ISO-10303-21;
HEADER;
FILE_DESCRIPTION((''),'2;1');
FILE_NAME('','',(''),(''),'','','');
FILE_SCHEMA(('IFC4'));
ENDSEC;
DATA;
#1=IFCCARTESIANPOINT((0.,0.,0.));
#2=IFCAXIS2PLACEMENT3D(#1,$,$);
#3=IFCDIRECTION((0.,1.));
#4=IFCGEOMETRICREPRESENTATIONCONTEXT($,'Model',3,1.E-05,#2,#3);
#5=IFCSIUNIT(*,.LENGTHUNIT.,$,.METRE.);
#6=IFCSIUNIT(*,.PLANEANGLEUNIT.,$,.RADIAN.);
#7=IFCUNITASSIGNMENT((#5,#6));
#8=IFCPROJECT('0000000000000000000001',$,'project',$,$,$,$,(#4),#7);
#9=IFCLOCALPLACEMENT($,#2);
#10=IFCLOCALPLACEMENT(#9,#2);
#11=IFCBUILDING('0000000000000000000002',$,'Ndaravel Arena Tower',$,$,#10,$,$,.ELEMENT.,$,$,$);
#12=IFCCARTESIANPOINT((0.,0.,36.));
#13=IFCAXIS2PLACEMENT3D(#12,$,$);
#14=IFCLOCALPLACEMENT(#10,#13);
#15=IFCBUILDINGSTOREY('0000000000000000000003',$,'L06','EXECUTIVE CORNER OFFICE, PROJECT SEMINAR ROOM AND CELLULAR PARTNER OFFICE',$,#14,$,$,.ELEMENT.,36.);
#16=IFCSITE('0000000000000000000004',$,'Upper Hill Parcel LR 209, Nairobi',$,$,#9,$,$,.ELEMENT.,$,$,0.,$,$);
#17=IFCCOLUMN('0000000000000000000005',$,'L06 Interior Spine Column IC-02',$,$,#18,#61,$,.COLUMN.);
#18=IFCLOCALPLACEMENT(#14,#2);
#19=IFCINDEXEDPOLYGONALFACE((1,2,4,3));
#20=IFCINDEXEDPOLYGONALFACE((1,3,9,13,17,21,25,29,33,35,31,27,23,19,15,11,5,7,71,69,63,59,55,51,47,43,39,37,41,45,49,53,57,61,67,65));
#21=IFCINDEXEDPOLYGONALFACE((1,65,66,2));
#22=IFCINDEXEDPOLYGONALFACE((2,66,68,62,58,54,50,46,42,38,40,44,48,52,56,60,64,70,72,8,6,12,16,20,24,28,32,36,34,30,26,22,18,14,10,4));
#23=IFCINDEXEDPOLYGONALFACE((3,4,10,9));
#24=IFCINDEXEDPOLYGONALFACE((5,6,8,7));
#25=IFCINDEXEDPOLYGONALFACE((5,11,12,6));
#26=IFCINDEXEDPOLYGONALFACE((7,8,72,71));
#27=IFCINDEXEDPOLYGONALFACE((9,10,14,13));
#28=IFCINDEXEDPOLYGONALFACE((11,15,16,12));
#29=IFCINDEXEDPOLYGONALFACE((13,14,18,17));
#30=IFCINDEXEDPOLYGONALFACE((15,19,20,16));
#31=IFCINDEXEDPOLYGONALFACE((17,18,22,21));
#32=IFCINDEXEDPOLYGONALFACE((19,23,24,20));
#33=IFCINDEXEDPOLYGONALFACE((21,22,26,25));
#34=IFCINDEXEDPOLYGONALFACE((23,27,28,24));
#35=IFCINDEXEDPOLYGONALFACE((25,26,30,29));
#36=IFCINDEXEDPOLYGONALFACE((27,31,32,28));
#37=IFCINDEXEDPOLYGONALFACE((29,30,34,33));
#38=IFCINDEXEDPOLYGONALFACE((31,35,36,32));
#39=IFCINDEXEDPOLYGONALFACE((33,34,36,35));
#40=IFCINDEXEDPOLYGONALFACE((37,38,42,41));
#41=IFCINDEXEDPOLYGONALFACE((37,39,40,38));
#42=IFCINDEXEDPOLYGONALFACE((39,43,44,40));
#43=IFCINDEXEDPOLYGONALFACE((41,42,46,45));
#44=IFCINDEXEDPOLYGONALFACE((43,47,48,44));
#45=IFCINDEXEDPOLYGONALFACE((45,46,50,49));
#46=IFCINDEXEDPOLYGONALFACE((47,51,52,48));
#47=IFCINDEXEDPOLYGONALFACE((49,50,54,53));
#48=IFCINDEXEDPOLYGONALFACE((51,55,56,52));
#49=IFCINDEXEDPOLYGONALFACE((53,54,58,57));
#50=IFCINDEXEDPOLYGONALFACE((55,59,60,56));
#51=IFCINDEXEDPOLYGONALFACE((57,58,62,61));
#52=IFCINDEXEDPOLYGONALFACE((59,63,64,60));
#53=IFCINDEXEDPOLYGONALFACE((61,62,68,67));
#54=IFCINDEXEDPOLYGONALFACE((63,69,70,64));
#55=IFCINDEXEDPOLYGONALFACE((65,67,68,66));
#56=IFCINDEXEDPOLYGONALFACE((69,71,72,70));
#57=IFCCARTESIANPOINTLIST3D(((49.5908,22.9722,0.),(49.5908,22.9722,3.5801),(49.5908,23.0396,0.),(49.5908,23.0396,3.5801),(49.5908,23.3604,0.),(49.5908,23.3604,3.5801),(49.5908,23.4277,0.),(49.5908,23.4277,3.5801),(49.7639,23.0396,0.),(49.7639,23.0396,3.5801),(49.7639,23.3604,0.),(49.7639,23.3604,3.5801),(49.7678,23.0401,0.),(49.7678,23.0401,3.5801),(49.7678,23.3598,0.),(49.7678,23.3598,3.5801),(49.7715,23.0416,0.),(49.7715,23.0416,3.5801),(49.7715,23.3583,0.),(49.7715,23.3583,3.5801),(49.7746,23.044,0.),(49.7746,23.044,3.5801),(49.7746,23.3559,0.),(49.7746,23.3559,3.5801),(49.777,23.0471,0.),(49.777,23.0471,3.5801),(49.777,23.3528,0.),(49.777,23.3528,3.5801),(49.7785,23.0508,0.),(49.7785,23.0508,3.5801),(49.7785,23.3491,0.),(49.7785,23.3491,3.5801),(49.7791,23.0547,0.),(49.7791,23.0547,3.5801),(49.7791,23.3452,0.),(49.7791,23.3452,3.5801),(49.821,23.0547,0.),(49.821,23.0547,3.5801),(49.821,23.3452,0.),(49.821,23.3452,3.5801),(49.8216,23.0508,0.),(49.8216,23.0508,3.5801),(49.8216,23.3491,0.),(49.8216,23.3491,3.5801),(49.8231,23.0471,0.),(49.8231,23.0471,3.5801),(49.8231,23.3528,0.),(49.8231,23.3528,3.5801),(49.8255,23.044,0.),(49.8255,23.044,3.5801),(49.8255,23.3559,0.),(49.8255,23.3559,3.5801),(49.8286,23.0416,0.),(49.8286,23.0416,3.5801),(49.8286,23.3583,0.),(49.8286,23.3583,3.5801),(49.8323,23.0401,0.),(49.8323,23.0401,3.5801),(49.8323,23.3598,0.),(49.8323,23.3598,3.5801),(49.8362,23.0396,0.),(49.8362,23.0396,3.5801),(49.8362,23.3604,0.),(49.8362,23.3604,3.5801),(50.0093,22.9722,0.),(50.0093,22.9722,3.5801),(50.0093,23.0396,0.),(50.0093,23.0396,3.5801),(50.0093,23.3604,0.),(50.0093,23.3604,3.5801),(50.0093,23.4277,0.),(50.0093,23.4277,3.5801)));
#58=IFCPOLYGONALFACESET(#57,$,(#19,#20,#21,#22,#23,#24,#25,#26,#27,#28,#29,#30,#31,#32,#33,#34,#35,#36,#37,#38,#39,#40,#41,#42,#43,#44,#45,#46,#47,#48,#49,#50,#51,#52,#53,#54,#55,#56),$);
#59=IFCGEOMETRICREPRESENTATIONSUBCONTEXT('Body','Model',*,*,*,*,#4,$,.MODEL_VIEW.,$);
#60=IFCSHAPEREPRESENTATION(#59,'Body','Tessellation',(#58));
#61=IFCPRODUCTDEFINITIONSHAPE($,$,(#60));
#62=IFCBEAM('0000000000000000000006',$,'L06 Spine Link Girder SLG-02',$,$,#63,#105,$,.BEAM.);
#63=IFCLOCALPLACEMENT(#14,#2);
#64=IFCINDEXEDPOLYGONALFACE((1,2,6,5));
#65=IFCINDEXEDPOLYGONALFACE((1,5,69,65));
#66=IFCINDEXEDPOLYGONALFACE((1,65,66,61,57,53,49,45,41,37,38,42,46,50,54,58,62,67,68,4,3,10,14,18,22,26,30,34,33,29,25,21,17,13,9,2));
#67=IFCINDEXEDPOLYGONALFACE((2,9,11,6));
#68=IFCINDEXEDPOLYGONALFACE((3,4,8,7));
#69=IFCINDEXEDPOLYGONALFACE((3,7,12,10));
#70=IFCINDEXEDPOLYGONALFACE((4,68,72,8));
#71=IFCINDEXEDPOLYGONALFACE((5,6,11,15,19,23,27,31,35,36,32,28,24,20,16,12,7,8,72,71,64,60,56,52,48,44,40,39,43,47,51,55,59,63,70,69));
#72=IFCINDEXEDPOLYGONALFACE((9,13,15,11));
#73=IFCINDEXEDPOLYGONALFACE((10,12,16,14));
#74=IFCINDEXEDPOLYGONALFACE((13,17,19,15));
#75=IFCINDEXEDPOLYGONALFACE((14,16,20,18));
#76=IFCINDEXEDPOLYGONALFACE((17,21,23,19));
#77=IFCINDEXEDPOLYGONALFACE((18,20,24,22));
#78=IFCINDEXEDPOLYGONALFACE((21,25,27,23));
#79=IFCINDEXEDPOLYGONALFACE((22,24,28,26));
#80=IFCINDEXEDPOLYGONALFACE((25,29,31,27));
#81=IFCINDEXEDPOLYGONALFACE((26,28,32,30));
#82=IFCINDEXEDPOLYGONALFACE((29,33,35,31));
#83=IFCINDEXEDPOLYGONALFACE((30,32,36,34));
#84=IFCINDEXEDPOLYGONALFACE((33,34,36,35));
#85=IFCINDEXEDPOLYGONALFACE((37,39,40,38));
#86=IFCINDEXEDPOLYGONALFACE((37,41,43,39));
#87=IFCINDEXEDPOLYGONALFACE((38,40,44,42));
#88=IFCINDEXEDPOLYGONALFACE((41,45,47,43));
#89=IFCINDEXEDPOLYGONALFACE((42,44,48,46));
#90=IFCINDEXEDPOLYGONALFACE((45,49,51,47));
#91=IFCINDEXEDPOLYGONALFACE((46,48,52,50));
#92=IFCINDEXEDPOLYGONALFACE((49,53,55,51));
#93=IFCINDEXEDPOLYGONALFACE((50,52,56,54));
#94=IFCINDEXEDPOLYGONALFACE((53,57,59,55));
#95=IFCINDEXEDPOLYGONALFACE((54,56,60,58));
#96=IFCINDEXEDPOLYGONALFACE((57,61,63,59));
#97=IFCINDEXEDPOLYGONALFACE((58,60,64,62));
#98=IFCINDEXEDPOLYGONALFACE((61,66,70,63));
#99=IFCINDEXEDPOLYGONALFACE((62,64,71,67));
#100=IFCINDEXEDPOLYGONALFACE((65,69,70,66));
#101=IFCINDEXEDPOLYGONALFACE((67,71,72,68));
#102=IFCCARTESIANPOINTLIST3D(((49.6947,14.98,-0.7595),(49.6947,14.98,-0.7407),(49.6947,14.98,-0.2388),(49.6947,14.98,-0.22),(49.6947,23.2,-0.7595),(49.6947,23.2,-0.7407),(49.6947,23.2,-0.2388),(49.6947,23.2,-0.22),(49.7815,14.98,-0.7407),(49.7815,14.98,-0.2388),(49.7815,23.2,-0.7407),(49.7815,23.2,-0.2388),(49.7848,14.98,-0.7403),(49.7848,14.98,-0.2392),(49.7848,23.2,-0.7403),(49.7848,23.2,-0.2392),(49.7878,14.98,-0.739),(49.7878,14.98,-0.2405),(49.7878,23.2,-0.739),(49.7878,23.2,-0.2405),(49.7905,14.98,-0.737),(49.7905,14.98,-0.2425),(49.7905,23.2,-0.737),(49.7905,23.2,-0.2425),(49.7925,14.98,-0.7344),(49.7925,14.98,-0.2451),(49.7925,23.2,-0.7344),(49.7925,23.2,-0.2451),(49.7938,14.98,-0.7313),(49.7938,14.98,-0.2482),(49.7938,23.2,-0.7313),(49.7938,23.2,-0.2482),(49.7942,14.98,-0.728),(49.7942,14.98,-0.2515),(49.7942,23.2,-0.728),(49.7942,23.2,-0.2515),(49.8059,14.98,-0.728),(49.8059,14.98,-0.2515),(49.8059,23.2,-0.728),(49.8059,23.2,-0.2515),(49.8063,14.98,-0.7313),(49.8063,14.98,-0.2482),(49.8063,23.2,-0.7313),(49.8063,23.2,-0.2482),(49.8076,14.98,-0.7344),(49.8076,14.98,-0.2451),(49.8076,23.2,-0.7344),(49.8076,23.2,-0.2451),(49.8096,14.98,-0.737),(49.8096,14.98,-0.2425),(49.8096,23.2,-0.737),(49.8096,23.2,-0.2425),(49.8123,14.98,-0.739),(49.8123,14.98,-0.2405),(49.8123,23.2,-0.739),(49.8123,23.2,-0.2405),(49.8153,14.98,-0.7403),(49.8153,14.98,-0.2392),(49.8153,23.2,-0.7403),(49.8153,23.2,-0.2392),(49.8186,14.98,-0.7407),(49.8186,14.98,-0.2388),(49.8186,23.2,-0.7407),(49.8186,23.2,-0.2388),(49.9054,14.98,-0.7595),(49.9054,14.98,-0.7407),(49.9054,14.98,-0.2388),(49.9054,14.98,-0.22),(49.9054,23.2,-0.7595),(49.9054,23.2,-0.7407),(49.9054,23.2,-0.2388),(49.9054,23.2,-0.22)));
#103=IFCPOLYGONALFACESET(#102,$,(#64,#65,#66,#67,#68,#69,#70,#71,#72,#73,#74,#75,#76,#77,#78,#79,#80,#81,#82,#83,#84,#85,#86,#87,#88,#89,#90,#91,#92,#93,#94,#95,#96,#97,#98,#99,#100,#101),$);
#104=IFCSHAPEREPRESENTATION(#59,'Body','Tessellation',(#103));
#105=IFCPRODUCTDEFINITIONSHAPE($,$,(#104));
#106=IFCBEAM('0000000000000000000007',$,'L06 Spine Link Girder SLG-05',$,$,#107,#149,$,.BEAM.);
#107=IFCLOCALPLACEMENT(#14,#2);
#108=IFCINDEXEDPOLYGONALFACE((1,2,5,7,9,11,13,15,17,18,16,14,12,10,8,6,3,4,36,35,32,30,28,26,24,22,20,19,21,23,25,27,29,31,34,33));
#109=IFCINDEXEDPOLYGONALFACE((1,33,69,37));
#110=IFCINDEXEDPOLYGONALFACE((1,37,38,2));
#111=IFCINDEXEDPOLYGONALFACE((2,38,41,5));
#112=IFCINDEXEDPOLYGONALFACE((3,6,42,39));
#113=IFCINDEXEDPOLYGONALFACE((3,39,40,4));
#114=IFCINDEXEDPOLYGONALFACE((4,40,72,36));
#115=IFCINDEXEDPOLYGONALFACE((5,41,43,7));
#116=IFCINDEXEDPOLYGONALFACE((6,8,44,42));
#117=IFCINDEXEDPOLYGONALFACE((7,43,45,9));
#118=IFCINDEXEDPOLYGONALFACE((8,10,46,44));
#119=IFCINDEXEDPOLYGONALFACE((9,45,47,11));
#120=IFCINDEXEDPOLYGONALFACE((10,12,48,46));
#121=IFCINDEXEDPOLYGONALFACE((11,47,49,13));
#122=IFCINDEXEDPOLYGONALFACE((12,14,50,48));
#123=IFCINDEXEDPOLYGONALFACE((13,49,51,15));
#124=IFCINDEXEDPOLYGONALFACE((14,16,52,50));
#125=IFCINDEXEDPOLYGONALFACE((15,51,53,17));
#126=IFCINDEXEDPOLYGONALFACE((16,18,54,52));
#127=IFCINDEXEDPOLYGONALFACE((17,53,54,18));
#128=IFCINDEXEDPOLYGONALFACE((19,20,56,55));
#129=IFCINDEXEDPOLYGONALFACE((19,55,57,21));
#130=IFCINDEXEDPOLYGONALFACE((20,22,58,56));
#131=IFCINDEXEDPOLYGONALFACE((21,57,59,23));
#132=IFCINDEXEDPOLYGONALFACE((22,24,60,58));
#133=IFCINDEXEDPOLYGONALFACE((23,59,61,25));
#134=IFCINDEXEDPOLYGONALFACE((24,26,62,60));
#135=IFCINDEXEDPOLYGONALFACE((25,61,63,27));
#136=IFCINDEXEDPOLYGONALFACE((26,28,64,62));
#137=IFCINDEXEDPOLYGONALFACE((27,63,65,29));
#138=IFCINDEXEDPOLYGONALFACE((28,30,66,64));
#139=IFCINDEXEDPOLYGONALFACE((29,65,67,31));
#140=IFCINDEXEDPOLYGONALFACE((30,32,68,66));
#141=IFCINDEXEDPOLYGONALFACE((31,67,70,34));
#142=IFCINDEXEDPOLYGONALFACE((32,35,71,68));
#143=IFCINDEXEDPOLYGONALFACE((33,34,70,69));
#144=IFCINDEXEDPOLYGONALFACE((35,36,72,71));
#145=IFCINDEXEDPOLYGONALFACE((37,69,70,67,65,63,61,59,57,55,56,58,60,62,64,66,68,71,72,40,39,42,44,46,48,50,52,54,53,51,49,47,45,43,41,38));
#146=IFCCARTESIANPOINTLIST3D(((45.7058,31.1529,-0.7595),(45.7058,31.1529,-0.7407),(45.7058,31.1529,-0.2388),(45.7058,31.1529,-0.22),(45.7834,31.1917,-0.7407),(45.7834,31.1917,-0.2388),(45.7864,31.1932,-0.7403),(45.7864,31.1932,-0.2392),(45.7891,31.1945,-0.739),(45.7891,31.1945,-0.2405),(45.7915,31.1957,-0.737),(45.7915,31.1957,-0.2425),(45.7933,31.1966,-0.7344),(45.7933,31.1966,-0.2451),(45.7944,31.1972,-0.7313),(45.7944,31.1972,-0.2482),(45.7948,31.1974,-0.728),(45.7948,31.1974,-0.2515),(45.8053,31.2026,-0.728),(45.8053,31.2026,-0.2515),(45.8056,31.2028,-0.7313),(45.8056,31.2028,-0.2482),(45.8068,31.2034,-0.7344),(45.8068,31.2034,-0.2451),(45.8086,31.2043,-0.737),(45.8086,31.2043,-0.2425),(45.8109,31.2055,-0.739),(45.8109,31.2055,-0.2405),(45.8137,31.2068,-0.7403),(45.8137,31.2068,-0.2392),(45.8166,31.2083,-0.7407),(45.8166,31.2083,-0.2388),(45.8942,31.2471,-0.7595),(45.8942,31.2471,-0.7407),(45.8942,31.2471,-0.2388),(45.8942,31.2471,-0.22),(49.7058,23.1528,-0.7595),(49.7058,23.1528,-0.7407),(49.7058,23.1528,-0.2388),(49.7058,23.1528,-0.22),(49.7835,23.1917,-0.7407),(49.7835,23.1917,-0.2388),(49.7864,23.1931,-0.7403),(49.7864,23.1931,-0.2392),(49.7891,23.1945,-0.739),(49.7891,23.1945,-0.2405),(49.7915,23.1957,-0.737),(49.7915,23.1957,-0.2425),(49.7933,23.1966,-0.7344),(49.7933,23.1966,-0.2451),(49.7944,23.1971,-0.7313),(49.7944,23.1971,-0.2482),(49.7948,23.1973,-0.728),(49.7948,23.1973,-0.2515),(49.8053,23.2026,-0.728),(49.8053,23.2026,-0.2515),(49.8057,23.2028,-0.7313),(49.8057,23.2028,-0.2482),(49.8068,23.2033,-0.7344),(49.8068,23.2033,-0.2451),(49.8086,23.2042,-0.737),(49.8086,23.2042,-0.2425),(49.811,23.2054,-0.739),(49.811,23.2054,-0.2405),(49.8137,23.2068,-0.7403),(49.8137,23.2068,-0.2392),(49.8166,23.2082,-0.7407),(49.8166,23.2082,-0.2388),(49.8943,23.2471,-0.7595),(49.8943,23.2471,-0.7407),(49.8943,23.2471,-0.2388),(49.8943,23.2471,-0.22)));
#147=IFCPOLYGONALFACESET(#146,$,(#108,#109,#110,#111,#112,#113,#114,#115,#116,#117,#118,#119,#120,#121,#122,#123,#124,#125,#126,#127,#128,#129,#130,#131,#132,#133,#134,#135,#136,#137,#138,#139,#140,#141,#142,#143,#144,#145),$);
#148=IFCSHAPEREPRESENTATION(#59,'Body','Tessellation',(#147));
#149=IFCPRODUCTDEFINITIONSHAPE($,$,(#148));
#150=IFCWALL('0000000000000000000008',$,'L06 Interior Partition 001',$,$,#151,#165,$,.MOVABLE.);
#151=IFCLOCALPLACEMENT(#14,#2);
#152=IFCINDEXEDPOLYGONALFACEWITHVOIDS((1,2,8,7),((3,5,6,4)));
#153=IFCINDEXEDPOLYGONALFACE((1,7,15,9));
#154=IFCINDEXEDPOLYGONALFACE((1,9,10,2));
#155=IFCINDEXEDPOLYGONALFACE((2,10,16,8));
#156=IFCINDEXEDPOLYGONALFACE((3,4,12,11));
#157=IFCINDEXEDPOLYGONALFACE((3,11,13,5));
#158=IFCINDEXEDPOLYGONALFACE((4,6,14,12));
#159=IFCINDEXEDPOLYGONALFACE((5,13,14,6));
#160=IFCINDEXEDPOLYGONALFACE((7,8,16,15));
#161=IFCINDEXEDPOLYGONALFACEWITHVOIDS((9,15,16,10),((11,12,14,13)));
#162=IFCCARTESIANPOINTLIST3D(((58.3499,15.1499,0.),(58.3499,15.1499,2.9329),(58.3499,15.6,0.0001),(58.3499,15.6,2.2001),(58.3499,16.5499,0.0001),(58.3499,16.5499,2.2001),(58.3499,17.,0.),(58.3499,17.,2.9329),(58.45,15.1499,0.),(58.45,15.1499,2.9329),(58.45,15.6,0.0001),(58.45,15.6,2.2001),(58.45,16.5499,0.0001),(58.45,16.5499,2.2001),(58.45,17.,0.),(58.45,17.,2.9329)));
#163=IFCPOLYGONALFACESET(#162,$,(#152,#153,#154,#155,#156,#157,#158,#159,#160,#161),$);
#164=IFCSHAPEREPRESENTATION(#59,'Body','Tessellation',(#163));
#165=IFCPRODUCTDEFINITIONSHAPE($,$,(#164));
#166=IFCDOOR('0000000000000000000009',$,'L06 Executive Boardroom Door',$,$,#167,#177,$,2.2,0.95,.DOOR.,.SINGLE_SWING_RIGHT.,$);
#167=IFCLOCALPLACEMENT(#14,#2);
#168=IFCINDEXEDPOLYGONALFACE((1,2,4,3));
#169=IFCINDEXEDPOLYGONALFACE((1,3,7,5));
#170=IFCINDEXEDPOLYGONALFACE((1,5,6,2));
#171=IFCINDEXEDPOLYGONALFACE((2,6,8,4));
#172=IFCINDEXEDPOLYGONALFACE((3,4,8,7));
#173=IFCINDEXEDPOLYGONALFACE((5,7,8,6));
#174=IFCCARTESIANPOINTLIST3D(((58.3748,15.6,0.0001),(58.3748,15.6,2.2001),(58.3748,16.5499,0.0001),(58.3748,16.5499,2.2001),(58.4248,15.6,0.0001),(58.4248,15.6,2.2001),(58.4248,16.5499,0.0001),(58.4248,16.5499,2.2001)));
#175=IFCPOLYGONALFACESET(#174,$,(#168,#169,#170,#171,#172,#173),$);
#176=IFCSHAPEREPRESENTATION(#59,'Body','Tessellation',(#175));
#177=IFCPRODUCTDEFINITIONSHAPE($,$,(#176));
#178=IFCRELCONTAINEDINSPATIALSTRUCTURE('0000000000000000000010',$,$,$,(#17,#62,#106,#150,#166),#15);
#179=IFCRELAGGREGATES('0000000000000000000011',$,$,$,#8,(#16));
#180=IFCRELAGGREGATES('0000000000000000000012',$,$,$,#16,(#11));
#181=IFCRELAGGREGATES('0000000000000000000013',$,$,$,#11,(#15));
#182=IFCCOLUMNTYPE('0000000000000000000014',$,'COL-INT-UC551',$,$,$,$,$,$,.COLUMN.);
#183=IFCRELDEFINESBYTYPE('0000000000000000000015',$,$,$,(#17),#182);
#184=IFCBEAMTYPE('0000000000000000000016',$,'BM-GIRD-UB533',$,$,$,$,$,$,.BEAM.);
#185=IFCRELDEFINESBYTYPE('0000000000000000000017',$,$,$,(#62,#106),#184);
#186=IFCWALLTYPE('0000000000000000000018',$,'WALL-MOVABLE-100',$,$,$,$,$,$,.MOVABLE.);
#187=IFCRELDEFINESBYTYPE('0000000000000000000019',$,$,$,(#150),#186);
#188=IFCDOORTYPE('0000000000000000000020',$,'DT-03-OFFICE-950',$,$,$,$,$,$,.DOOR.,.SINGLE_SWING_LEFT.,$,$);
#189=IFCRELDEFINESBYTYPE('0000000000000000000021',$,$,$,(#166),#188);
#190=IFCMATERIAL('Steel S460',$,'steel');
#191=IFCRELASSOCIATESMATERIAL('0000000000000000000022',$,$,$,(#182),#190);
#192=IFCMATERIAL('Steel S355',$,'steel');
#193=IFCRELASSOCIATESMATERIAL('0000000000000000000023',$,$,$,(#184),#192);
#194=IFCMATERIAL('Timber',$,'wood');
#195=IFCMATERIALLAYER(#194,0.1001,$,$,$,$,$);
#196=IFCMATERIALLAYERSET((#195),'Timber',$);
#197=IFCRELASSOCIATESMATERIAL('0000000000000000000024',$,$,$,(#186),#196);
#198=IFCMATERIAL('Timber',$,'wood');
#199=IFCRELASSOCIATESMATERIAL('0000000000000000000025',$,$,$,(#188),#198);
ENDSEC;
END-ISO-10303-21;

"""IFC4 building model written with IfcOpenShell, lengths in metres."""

from ifc_helpers import new_model, si_unit, direction, frame, frame_2d, origin, origin_2d, place, context, subcontext, project, spatial, rectangle, i_section, extrude, material, layer, layer_set, material_profile, profile_set, type_object, element, fill, save


model = new_model("IFC4")

# Units and contexts
model_context = context("Model", 3, precision=1e-05, world=origin(), true_north=direction((0.0, 1.0)))
body_context = subcontext(model_context, "Body", "Model", "MODEL_VIEW")
ifc_project = project(units=[si_unit("LENGTHUNIT", "METRE"), si_unit("PLANEANGLEUNIT", "RADIAN")], contexts=[model_context])

# Site, building, storey
site_placement = place(None, origin())
site = spatial("IfcSite", under=ifc_project, at=site_placement, Name="Upper Hill Parcel LR 209, Nairobi", CompositionType="ELEMENT", RefElevation=0.0)
building_placement = place(site_placement, origin())
building = spatial("IfcBuilding", under=site, at=building_placement, Name="Ndaravel Arena Tower", CompositionType="ELEMENT")
storey_placement = place(building_placement, frame((0.0, 0.0, 36.0)))
storey = spatial("IfcBuildingStorey", under=building, at=storey_placement, Name="L06", Description="EXECUTIVE CORNER OFFICE, PROJECT SEMINAR ROOM AND CELLULAR PARTNER OFFICE", CompositionType="ELEMENT", Elevation=36.0)

# Column
ifc_material_1 = material(Name="Steel S460", Category="steel")
ifc_material_profile_1 = material_profile(ifc_material_1, i_section(OverallWidth=0.4185, OverallDepth=0.4556, WebThickness=0.042, FlangeThickness=0.0674, FilletRadius=0.0151, at=origin_2d()), Name="UC 356x406x551")
ifc_profile_set_1 = profile_set([ifc_material_profile_1], Name="Steel S460")
column_type = type_object("IfcColumnType", Name="COL-INT-UC551", PredefinedType="COLUMN", material=ifc_profile_set_1)
column_placement = place(storey_placement, frame((49.8, 23.2, 0.0), z_axis=(0.0, 0.0, 1.0), x_axis=(1.0, 0.0, 0.0)))
element("IfcColumn", 1, at=column_placement, inside=storey, type_object=column_type, Name="L06 Interior Spine Column IC-02", PredefinedType="COLUMN", context=body_context, shape_type="SweptSolid", body=[
    extrude(i_section(OverallWidth=0.4185, OverallDepth=0.4556, WebThickness=0.042, FlangeThickness=0.0674, FilletRadius=0.0151, at=origin_2d()), origin(), (0.0, 0.0, 1.0), 3.5801),
])

# Beams
ifc_material_2 = material(Name="Steel S355", Category="steel")
ifc_material_profile_2 = material_profile(ifc_material_2, i_section(OverallWidth=0.2107, OverallDepth=0.5396, WebThickness=0.0117, FlangeThickness=0.0188, FilletRadius=0.0127, at=origin_2d()), Name="UB 533x210x109")
ifc_profile_set_2 = profile_set([ifc_material_profile_2], Name="Steel S355")
beam_type = type_object("IfcBeamType", Name="BM-GIRD-UB533", PredefinedType="BEAM", material=ifc_profile_set_2)
beam_1_placement = place(storey_placement, frame((49.8, 14.98, -0.4897), z_axis=(0.0, 1.0, 0.0), x_axis=(-1.0, 0.0, 0.0)))
element("IfcBeam", 2, at=beam_1_placement, inside=storey, type_object=beam_type, Name="L06 Spine Link Girder SLG-02", PredefinedType="BEAM", context=body_context, shape_type="SweptSolid", body=[
    extrude(i_section(OverallWidth=0.2107, OverallDepth=0.5396, WebThickness=0.0117, FlangeThickness=0.0188, FilletRadius=0.0127, at=origin_2d()), origin(), (0.0, 0.0, 1.0), 8.22),
])
beam_2_placement = place(storey_placement, frame((49.8, 23.2, -0.4897), z_axis=(-0.447214, 0.894427, 0.0), x_axis=(-0.894427, -0.447214, 0.0)))
element("IfcBeam", 3, at=beam_2_placement, inside=storey, type_object=beam_type, Name="L06 Spine Link Girder SLG-05", PredefinedType="BEAM", context=body_context, shape_type="SweptSolid", body=[
    extrude(i_section(OverallWidth=0.2107, OverallDepth=0.5396, WebThickness=0.0117, FlangeThickness=0.0188, FilletRadius=0.0127, at=origin_2d()), origin(), (0.0, 0.0, 1.0), 8.9443),
])

# Wall, opening, door
ifc_material_3 = material(Name="Timber", Category="wood")
ifc_layer_1 = layer(ifc_material_3, 0.1001)
ifc_layer_set_1 = layer_set([ifc_layer_1], Name="Timber")
wall_type_1 = type_object("IfcWallType", Name="WALL-MOVABLE-100", PredefinedType="MOVABLE", material=ifc_layer_set_1)
wall_1_placement = place(storey_placement, frame((58.3999, 17.0, 0.0), z_axis=(0.0, 0.0, 1.0), x_axis=(0.0, -1.0, 0.0)))
wall_1 = element("IfcWall", 4, at=wall_1_placement, inside=storey, type_object=wall_type_1, Name="L06 Interior Partition 001", PredefinedType="MOVABLE", context=body_context, shape_type="SweptSolid", body=[
    extrude(rectangle(XDim=1.8501, YDim=0.1001, at=frame_2d((0.925, 0.0))), origin(), (0.0, 0.0, 1.0), 2.9329),
])
opening_1_placement = place(wall_1_placement, frame((0.45, 0.0, 0.0)))
opening_1 = element("IfcOpeningElement", 5, at=opening_1_placement, cuts=wall_1, PredefinedType="OPENING", context=body_context, shape_type="SweptSolid", body=[
    extrude(rectangle(XDim=0.95, YDim=2.2, at=frame_2d((0.4751, 1.1001))), frame((0.0, 0.05, 0.0), z_axis=(0.0, -1.0, 0.0), x_axis=(1.0, 0.0, 0.0)), (0.0, 0.0, 1.0), 0.1001),
])
ifc_material_4 = material(Name="Timber", Category="wood")
door_type_1 = type_object("IfcDoorType", Name="DT-03-OFFICE-950", OperationType="SINGLE_SWING_LEFT", PredefinedType="DOOR", material=ifc_material_4)
door_1_placement = place(opening_1_placement, origin())
door_1 = element("IfcDoor", 6, at=door_1_placement, inside=storey, type_object=door_type_1, Name="L06 Executive Boardroom Door", OperationType="SINGLE_SWING_RIGHT", OverallHeight=2.2, OverallWidth=0.95, PredefinedType="DOOR", context=body_context, shape_type="SweptSolid", body=[
    extrude(rectangle(XDim=0.95, YDim=2.2, at=frame_2d((0.4751, 1.1001))), frame((0.0, 0.0249, 0.0), z_axis=(0.0, -1.0, 0.0), x_axis=(1.0, 0.0, 0.0)), (0.0, 0.0, 1.0), 0.05),
])
fill(opening_1, door_1)

save(model, "model.ifc")
